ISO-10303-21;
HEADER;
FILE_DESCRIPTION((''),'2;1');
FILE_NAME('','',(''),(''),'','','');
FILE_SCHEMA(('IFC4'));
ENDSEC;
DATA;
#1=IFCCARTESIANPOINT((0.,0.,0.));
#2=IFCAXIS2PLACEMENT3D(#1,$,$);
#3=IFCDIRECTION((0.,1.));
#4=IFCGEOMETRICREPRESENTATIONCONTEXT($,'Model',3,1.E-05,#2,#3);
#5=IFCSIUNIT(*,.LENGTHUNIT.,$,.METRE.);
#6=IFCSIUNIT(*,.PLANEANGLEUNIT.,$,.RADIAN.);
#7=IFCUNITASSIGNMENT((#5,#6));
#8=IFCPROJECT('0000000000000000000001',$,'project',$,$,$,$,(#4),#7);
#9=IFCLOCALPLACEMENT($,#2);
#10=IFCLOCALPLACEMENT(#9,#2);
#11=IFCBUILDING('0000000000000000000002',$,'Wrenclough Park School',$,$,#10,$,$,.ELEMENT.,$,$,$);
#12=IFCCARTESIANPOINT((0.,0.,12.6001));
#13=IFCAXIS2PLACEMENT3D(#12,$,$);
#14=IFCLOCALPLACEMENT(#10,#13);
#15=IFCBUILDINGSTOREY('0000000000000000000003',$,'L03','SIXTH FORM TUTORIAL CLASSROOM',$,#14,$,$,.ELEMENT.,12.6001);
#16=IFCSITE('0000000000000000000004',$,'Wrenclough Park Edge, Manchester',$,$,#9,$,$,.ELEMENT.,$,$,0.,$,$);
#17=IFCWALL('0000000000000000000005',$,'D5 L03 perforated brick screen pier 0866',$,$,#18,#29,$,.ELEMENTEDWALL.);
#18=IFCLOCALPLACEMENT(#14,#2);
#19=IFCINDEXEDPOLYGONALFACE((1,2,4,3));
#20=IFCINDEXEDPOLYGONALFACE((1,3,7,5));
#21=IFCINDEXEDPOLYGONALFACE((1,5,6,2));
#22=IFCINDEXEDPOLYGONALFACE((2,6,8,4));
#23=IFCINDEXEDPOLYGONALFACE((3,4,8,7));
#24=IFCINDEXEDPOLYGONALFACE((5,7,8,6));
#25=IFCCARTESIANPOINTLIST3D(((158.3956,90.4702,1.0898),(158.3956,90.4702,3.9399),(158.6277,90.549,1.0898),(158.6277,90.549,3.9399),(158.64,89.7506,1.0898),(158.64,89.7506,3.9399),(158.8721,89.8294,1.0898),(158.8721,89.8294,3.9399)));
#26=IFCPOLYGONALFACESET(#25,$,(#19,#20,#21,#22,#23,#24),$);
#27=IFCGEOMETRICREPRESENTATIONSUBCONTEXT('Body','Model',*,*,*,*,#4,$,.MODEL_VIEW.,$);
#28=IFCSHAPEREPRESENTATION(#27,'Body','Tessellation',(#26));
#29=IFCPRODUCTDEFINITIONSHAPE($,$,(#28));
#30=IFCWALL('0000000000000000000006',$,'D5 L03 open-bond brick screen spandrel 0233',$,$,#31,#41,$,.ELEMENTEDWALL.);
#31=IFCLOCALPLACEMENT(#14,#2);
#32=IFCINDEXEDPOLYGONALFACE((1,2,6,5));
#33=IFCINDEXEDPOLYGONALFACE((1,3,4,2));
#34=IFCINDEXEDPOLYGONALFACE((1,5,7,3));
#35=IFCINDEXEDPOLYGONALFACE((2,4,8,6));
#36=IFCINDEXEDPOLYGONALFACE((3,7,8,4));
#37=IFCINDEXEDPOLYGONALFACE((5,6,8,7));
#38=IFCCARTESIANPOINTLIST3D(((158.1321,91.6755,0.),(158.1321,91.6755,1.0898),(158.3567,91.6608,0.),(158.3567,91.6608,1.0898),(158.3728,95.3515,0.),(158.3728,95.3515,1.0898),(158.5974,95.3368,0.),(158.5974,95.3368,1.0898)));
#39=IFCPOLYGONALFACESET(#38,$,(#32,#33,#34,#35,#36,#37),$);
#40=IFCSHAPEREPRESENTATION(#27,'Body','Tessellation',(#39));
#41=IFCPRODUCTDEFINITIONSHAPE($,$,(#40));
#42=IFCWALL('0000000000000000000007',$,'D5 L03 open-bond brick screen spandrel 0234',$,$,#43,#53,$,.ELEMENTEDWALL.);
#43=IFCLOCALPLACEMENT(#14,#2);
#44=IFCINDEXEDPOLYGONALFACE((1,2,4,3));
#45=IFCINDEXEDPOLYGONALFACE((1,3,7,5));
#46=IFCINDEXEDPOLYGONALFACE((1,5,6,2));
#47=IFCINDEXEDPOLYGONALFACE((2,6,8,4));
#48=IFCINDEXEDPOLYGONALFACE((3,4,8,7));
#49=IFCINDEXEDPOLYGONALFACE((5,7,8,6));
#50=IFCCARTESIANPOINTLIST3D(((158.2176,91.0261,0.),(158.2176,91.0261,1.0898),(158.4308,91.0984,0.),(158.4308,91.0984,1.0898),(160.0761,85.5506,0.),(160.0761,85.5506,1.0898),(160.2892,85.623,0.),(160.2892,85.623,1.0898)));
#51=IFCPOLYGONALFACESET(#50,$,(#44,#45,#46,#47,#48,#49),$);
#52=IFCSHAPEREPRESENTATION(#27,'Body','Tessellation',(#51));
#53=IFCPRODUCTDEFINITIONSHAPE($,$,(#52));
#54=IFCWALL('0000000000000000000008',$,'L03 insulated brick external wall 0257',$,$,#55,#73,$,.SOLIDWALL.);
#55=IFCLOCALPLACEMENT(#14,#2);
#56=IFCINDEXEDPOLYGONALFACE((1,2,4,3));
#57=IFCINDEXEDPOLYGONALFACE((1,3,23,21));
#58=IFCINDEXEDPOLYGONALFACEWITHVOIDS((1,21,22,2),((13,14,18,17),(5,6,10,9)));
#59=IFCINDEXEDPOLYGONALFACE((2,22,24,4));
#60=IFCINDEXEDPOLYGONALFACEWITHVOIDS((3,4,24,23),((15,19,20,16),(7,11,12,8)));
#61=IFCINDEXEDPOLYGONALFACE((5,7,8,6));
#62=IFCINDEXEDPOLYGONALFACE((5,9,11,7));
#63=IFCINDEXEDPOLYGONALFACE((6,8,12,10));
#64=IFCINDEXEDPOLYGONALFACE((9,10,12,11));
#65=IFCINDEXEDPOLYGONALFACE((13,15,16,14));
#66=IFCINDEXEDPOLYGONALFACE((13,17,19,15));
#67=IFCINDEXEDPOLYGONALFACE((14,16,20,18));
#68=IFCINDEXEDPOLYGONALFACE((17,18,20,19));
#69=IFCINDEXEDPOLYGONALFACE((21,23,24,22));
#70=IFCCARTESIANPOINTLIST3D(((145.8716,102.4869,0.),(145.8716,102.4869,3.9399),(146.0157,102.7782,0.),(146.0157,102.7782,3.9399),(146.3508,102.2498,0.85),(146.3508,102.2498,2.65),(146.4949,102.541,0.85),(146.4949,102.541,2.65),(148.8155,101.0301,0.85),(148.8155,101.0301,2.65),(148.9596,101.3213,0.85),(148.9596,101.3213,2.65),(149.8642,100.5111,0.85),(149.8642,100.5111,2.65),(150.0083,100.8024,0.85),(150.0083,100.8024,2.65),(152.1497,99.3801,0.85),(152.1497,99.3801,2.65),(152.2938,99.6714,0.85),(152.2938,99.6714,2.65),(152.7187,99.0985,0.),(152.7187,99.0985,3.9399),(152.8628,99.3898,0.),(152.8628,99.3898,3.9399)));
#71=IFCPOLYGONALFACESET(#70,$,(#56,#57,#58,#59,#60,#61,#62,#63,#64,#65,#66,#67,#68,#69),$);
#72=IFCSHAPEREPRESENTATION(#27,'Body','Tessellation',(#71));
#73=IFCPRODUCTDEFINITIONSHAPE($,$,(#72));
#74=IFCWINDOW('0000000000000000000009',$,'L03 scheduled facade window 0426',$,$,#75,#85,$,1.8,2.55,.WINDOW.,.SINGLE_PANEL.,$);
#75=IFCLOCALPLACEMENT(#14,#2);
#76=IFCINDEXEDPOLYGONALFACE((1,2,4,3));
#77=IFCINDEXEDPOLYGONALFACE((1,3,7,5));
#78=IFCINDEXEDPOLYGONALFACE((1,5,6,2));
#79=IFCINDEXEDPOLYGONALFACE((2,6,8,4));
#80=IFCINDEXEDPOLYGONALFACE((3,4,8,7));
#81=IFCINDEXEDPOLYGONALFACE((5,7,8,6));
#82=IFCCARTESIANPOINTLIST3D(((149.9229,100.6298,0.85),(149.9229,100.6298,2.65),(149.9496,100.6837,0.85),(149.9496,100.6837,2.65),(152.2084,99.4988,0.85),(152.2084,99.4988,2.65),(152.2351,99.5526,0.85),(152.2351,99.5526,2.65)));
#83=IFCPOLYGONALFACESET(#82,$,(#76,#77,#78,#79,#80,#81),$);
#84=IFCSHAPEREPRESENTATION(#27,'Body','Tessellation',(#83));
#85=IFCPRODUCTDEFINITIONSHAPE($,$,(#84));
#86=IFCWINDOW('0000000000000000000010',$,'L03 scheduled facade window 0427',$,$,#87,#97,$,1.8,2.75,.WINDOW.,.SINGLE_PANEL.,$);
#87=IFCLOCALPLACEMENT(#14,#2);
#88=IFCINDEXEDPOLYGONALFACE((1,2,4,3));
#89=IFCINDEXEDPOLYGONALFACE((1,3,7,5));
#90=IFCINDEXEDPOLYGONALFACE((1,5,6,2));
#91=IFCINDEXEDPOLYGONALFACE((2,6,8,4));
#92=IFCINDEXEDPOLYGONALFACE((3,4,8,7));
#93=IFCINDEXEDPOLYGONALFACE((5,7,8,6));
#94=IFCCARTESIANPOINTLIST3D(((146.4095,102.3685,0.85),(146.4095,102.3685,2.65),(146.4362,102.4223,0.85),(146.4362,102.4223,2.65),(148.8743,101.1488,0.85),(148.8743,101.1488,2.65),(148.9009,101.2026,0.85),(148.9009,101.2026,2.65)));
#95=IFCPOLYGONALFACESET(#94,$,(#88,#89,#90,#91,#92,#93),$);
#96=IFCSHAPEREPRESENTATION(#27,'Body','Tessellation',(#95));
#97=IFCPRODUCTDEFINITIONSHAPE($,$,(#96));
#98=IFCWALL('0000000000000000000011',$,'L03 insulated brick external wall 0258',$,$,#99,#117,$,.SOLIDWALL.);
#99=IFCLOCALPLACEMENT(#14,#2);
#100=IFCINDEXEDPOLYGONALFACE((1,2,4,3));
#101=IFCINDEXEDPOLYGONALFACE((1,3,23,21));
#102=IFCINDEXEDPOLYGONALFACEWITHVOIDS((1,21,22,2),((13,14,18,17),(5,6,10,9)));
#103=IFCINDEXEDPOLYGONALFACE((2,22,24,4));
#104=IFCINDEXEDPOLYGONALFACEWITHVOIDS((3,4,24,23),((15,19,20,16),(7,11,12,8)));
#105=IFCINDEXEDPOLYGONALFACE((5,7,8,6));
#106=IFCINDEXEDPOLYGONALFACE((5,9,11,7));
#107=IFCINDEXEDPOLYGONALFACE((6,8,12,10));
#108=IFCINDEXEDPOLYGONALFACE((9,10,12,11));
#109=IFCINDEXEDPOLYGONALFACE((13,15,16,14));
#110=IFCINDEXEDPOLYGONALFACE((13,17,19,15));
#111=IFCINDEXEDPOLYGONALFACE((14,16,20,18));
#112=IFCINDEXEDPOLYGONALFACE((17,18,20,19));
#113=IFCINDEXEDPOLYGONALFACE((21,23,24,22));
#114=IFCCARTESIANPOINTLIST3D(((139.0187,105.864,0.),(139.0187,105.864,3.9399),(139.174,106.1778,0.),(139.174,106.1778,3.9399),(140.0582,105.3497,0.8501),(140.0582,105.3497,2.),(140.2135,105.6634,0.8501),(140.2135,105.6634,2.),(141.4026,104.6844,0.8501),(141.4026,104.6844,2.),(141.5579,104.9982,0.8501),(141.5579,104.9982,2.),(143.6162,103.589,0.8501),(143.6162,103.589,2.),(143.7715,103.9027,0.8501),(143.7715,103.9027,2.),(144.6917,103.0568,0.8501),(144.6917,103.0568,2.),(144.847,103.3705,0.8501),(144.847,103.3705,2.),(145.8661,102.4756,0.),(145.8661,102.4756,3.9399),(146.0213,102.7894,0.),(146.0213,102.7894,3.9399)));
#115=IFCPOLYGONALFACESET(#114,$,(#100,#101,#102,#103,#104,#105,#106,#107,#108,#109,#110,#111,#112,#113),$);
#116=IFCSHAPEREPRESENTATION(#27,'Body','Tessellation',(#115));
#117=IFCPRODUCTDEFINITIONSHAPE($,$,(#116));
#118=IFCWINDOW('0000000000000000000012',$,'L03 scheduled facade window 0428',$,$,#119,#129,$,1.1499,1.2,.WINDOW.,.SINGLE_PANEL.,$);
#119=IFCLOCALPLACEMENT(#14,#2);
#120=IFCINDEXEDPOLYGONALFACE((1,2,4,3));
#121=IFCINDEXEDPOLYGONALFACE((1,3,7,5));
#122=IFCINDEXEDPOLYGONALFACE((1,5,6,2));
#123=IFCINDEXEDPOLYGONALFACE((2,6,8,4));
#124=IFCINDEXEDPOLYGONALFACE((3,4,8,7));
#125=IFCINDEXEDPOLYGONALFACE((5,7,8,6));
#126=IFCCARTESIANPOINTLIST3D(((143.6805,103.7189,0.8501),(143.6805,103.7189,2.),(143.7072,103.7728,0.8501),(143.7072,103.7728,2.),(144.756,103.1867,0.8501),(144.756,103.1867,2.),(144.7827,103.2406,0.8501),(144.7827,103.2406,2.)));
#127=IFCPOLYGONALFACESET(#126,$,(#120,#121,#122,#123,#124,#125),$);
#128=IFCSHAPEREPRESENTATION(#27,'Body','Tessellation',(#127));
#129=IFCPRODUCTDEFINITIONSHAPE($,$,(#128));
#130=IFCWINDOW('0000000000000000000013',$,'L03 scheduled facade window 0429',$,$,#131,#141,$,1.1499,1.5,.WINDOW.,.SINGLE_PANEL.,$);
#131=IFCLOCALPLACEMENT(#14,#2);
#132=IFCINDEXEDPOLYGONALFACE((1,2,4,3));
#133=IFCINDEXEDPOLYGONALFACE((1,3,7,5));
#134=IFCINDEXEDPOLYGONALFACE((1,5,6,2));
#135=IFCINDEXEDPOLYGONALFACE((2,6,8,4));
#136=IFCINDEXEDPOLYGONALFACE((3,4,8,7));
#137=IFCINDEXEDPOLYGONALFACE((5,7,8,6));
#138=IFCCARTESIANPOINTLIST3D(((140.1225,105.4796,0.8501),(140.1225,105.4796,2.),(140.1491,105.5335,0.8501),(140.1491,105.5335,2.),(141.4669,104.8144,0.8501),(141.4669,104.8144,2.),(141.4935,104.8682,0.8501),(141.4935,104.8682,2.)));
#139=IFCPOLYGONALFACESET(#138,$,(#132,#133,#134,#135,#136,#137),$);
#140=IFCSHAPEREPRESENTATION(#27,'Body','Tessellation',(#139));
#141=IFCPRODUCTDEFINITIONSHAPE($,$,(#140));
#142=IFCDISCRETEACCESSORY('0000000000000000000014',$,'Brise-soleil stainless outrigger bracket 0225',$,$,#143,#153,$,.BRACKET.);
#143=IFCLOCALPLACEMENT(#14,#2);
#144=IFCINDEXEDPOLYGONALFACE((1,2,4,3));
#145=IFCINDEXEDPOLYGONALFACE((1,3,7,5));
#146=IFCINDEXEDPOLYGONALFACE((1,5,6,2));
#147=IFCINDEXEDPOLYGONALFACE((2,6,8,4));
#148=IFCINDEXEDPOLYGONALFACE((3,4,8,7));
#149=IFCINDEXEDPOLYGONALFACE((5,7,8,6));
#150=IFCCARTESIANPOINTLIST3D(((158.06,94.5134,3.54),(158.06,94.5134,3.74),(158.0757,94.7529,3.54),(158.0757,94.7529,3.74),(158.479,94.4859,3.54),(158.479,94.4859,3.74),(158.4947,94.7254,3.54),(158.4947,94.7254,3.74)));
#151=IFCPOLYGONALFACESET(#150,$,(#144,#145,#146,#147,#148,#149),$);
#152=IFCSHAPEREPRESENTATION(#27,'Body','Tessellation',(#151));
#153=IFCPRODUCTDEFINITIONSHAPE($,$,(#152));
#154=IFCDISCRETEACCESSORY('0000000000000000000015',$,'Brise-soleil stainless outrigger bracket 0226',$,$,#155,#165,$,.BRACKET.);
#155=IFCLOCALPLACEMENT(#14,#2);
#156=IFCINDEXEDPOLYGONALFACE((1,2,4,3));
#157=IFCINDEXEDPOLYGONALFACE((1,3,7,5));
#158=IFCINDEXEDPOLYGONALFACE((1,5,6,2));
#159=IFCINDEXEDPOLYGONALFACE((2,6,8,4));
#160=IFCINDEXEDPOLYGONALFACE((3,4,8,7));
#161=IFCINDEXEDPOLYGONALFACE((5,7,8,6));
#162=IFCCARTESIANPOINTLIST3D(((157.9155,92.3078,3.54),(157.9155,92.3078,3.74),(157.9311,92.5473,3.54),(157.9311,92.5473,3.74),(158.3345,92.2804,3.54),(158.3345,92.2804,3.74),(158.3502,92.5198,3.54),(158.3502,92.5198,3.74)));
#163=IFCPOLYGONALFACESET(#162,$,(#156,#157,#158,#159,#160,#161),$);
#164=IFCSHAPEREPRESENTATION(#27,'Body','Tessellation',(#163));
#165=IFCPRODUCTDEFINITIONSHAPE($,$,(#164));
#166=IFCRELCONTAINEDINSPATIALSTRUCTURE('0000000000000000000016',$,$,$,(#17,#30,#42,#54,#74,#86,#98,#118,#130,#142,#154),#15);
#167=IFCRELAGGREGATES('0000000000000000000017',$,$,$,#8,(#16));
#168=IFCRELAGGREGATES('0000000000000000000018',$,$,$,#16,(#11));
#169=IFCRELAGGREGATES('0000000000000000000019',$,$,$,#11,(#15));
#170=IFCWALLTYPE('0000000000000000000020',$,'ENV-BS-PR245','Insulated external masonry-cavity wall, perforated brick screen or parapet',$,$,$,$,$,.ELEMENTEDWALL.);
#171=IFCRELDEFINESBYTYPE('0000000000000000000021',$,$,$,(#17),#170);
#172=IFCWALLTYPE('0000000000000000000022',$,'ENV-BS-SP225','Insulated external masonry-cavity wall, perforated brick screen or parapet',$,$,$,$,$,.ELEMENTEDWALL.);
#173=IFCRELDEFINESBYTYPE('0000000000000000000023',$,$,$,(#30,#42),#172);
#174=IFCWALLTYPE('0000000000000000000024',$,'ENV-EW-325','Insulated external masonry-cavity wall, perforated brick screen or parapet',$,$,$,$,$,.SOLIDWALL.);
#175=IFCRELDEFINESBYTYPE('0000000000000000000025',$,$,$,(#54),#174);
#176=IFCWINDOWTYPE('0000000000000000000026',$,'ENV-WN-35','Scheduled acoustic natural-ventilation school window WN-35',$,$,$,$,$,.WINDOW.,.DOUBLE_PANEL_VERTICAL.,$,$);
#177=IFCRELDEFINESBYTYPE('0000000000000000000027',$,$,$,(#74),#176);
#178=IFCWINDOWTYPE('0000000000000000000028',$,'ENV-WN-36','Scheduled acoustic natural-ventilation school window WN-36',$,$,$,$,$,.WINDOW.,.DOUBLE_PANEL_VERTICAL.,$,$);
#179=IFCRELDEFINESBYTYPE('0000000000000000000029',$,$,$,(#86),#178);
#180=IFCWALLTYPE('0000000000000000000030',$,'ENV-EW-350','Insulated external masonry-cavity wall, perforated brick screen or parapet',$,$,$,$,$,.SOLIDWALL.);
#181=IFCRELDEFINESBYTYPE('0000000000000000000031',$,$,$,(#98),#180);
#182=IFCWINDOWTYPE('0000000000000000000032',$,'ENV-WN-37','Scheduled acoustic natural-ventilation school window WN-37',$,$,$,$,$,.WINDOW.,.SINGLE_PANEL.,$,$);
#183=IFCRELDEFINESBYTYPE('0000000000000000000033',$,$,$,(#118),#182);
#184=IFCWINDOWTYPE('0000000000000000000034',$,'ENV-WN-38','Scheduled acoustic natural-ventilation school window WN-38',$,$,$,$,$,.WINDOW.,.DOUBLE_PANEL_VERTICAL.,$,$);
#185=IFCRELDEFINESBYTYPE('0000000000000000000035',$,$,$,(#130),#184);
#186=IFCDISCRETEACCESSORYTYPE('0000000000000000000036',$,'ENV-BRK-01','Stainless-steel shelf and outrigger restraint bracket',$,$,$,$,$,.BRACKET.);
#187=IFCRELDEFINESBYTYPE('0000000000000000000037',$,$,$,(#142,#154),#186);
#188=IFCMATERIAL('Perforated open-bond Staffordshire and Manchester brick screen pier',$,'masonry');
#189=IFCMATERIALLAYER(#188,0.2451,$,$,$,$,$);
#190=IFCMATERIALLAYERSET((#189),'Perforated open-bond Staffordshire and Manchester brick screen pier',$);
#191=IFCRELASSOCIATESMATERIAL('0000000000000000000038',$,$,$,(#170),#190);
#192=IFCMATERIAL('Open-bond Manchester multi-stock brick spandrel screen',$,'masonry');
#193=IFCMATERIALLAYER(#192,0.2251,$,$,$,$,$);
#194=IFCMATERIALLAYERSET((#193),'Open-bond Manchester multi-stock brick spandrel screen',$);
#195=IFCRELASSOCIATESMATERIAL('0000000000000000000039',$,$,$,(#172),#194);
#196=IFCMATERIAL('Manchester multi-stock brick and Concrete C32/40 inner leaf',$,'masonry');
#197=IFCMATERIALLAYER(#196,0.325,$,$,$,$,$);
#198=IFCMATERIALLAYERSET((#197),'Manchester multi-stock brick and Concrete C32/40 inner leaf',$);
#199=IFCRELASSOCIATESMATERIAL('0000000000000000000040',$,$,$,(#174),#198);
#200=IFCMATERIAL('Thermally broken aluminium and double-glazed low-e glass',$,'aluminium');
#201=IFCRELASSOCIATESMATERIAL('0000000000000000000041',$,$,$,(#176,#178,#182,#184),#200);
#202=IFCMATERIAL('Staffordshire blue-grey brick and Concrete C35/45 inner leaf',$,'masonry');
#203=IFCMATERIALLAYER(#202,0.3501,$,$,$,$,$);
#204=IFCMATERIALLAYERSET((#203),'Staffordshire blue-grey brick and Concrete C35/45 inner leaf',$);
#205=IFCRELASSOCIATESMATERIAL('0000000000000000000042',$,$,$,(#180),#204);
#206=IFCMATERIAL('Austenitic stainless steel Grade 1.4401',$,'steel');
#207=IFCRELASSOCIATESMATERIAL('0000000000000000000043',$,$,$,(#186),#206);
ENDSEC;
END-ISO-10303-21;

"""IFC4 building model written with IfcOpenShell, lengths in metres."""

from ifc_helpers import new_model, si_unit, direction, frame, frame_2d, origin, origin_2d, place, context, subcontext, project, spatial, rectangle, extrude, material, layer, layer_set, type_object, element, fill, save


model = new_model("IFC4")

# Units and contexts
model_context = context("Model", 3, precision=1e-05, world=origin(), true_north=direction((0.0, 1.0)))
body_context = subcontext(model_context, "Body", "Model", "MODEL_VIEW")
ifc_project = project(units=[si_unit("LENGTHUNIT", "METRE"), si_unit("PLANEANGLEUNIT", "RADIAN")], contexts=[model_context])

# Site, building, storey
site_placement = place(None, origin())
site = spatial("IfcSite", under=ifc_project, at=site_placement, Name="Wrenclough Park Edge, Manchester", CompositionType="ELEMENT", RefElevation=0.0)
building_placement = place(site_placement, origin())
building = spatial("IfcBuilding", under=site, at=building_placement, Name="Wrenclough Park School", CompositionType="ELEMENT")
storey_placement = place(building_placement, frame((0.0, 0.0, 12.6001)))
storey = spatial("IfcBuildingStorey", under=building, at=storey_placement, Name="L03", Description="SIXTH FORM TUTORIAL CLASSROOM", CompositionType="ELEMENT", Elevation=12.6001)

# Walls
ifc_material_1 = material(Name="Perforated open-bond Staffordshire and Manchester brick screen pier", Category="masonry")
ifc_layer_1 = layer(ifc_material_1, 0.2451)
ifc_layer_set_1 = layer_set([ifc_layer_1], Name="Perforated open-bond Staffordshire and Manchester brick screen pier")
wall_type_1 = type_object("IfcWallType", Name="ENV-BS-PR245", Description="Insulated external masonry-cavity wall, perforated brick screen or parapet", PredefinedType="ELEMENTEDWALL", material=ifc_layer_set_1)
wall_1_placement = place(storey_placement, frame((158.5117, 90.5095, 1.0898), z_axis=(0.0, 0.0, 1.0), x_axis=(0.321523, -0.946902, 0.0)))
element("IfcWall", 1, at=wall_1_placement, inside=storey, type_object=wall_type_1, Name="D5 L03 perforated brick screen pier 0866", PredefinedType="ELEMENTEDWALL", context=body_context, shape_type="SweptSolid", body=[
    extrude(rectangle(XDim=0.76, YDim=0.2451, at=frame_2d((0.3799, 0.0))), origin(), (0.0, 0.0, 1.0), 2.8501),
])
ifc_material_2 = material(Name="Open-bond Manchester multi-stock brick spandrel screen", Category="masonry")
ifc_layer_2 = layer(ifc_material_2, 0.2251)
ifc_layer_set_2 = layer_set([ifc_layer_2], Name="Open-bond Manchester multi-stock brick spandrel screen")
wall_type_2 = type_object("IfcWallType", Name="ENV-BS-SP225", Description="Insulated external masonry-cavity wall, perforated brick screen or parapet", PredefinedType="ELEMENTEDWALL", material=ifc_layer_set_2)
wall_2_placement = place(storey_placement, frame((158.4851, 95.344, 0.0), z_axis=(0.0, 0.0, 1.0), x_axis=(-0.065345, -0.997863, 0.0)))
element("IfcWall", 2, at=wall_2_placement, inside=storey, type_object=wall_type_2, Name="D5 L03 open-bond brick screen spandrel 0233", PredefinedType="ELEMENTEDWALL", context=body_context, shape_type="SweptSolid", body=[
    extrude(rectangle(XDim=3.6838, YDim=0.2251, at=frame_2d((1.8418, 0.0))), origin(), (0.0, 0.0, 1.0), 1.0898),
])
wall_3_placement = place(storey_placement, frame((158.3242, 91.0623, 0.0), z_axis=(0.0, 0.0, 1.0), x_axis=(0.321404, -0.946942, 0.0)))
element("IfcWall", 3, at=wall_3_placement, inside=storey, type_object=wall_type_2, Name="D5 L03 open-bond brick screen spandrel 0234", PredefinedType="ELEMENTEDWALL", context=body_context, shape_type="SweptSolid", body=[
    extrude(rectangle(XDim=5.7822, YDim=0.2251, at=frame_2d((2.8911, 0.0))), origin(), (0.0, 0.0, 1.0), 1.0898),
])

# Walls, openings, windows
ifc_material_3 = material(Name="Manchester multi-stock brick and Concrete C32/40 inner leaf", Category="masonry")
ifc_layer_3 = layer(ifc_material_3, 0.325)
ifc_layer_set_3 = layer_set([ifc_layer_3], Name="Manchester multi-stock brick and Concrete C32/40 inner leaf")
wall_type_3 = type_object("IfcWallType", Name="ENV-EW-325", Description="Insulated external masonry-cavity wall, perforated brick screen or parapet", PredefinedType="SOLIDWALL", material=ifc_layer_set_3)
wall_4_placement = place(storey_placement, frame((152.7908, 99.2441, 0.0), z_axis=(0.0, 0.0, 1.0), x_axis=(-0.89626, 0.443528, 0.0)))
wall_4 = element("IfcWall", 4, at=wall_4_placement, inside=storey, type_object=wall_type_3, Name="L03 insulated brick external wall 0257", PredefinedType="SOLIDWALL", context=body_context, shape_type="SweptSolid", body=[
    extrude(rectangle(XDim=7.6396, YDim=0.325, at=frame_2d((3.8198, 0.0))), origin(), (0.0, 0.0, 1.0), 3.9399),
])
opening_1_placement = place(wall_4_placement, frame((0.635, 0.0, 0.8501)))
opening_1 = element("IfcOpeningElement", 5, at=opening_1_placement, cuts=wall_4, PredefinedType="OPENING", context=body_context, shape_type="SweptSolid", body=[
    extrude(rectangle(XDim=2.55, YDim=1.8, at=frame_2d((1.2749, 0.8999))), frame((0.0, 0.1724, 0.0), z_axis=(0.0, -1.0, 0.0), x_axis=(1.0, 0.0, 0.0)), (0.0, 0.0, 1.0), 0.345),
])
opening_2_placement = place(wall_4_placement, frame((4.355, 0.0, 0.8501)))
opening_2 = element("IfcOpeningElement", 6, at=opening_2_placement, cuts=wall_4, PredefinedType="OPENING", context=body_context, shape_type="SweptSolid", body=[
    extrude(rectangle(XDim=2.75, YDim=1.8, at=frame_2d((1.375, 0.8999))), frame((0.0, 0.1724, 0.0), z_axis=(0.0, -1.0, 0.0), x_axis=(1.0, 0.0, 0.0)), (0.0, 0.0, 1.0), 0.345),
])
ifc_material_4 = material(Name="Thermally broken aluminium and double-glazed low-e glass", Category="aluminium")
window_type_1 = type_object("IfcWindowType", Name="ENV-WN-35", Description="Scheduled acoustic natural-ventilation school window WN-35", PartitioningType="DOUBLE_PANEL_VERTICAL", PredefinedType="WINDOW", material=ifc_material_4)
window_1_placement = place(opening_1_placement, origin())
window_1 = element("IfcWindow", 7, at=window_1_placement, inside=storey, type_object=window_type_1, Name="L03 scheduled facade window 0426", OverallHeight=1.8, OverallWidth=2.55, PartitioningType="SINGLE_PANEL", PredefinedType="WINDOW", context=body_context, shape_type="SweptSolid", body=[
    extrude(rectangle(XDim=2.55, YDim=1.8, at=frame_2d((1.2749, 0.8999))), frame((0.0, 0.03, 0.0), z_axis=(0.0, -1.0, 0.0), x_axis=(1.0, 0.0, 0.0)), (0.0, 0.0, 1.0), 0.0601),
])
fill(opening_1, window_1)
window_type_2 = type_object("IfcWindowType", Name="ENV-WN-36", Description="Scheduled acoustic natural-ventilation school window WN-36", PartitioningType="DOUBLE_PANEL_VERTICAL", PredefinedType="WINDOW", material=ifc_material_4)
window_2_placement = place(opening_2_placement, origin())
window_2 = element("IfcWindow", 8, at=window_2_placement, inside=storey, type_object=window_type_2, Name="L03 scheduled facade window 0427", OverallHeight=1.8, OverallWidth=2.75, PartitioningType="SINGLE_PANEL", PredefinedType="WINDOW", context=body_context, shape_type="SweptSolid", body=[
    extrude(rectangle(XDim=2.75, YDim=1.8, at=frame_2d((1.375, 0.8999))), frame((0.0, 0.03, 0.0), z_axis=(0.0, -1.0, 0.0), x_axis=(1.0, 0.0, 0.0)), (0.0, 0.0, 1.0), 0.0601),
])
fill(opening_2, window_2)
ifc_material_5 = material(Name="Staffordshire blue-grey brick and Concrete C35/45 inner leaf", Category="masonry")
ifc_layer_4 = layer(ifc_material_5, 0.3501)
ifc_layer_set_4 = layer_set([ifc_layer_4], Name="Staffordshire blue-grey brick and Concrete C35/45 inner leaf")
wall_type_4 = type_object("IfcWallType", Name="ENV-EW-350", Description="Insulated external masonry-cavity wall, perforated brick screen or parapet", PredefinedType="SOLIDWALL", material=ifc_layer_set_4)
wall_5_placement = place(storey_placement, frame((145.9436, 102.6326, 0.0), z_axis=(0.0, 0.0, 1.0), x_axis=(-0.896267, 0.443516, 0.0)))
wall_5 = element("IfcWall", 9, at=wall_5_placement, inside=storey, type_object=wall_type_4, Name="L03 insulated brick external wall 0258", PredefinedType="SOLIDWALL", context=body_context, shape_type="SweptSolid", body=[
    extrude(rectangle(XDim=7.6399, YDim=0.3501, at=frame_2d((3.8198, 0.0))), origin(), (0.0, 0.0, 1.0), 3.9399),
])
opening_3_placement = place(wall_5_placement, frame((1.3101, 0.0, 0.8501)))
opening_3 = element("IfcOpeningElement", 10, at=opening_3_placement, cuts=wall_5, PredefinedType="OPENING", context=body_context, shape_type="SweptSolid", body=[
    extrude(rectangle(XDim=1.2, YDim=1.1499, at=frame_2d((0.6001, 0.575))), frame((0.0, 0.1851, 0.0), z_axis=(0.0, -1.0, 0.0), x_axis=(1.0, 0.0, 0.0)), (0.0, 0.0, 1.0), 0.3701),
])
opening_4_placement = place(wall_5_placement, frame((4.98, 0.0, 0.8501)))
opening_4 = element("IfcOpeningElement", 11, at=opening_4_placement, cuts=wall_5, PredefinedType="OPENING", context=body_context, shape_type="SweptSolid", body=[
    extrude(rectangle(XDim=1.5, YDim=1.1499, at=frame_2d((0.75, 0.575))), frame((0.0, 0.1851, 0.0), z_axis=(0.0, -1.0, 0.0), x_axis=(1.0, 0.0, 0.0)), (0.0, 0.0, 1.0), 0.3701),
])
window_type_3 = type_object("IfcWindowType", Name="ENV-WN-37", Description="Scheduled acoustic natural-ventilation school window WN-37", PartitioningType="SINGLE_PANEL", PredefinedType="WINDOW", material=ifc_material_4)
window_3_placement = place(opening_3_placement, origin())
window_3 = element("IfcWindow", 12, at=window_3_placement, inside=storey, type_object=window_type_3, Name="L03 scheduled facade window 0428", OverallHeight=1.1499, OverallWidth=1.2, PartitioningType="SINGLE_PANEL", PredefinedType="WINDOW", context=body_context, shape_type="SweptSolid", body=[
    extrude(rectangle(XDim=1.2, YDim=1.1499, at=frame_2d((0.6001, 0.575))), frame((0.0, 0.03, 0.0), z_axis=(0.0, -1.0, 0.0), x_axis=(1.0, 0.0, 0.0)), (0.0, 0.0, 1.0), 0.0601),
])
fill(opening_3, window_3)
window_type_4 = type_object("IfcWindowType", Name="ENV-WN-38", Description="Scheduled acoustic natural-ventilation school window WN-38", PartitioningType="DOUBLE_PANEL_VERTICAL", PredefinedType="WINDOW", material=ifc_material_4)
window_4_placement = place(opening_4_placement, origin())
window_4 = element("IfcWindow", 13, at=window_4_placement, inside=storey, type_object=window_type_4, Name="L03 scheduled facade window 0429", OverallHeight=1.1499, OverallWidth=1.5, PartitioningType="SINGLE_PANEL", PredefinedType="WINDOW", context=body_context, shape_type="SweptSolid", body=[
    extrude(rectangle(XDim=1.5, YDim=1.1499, at=frame_2d((0.75, 0.575))), frame((0.0, 0.03, 0.0), z_axis=(0.0, -1.0, 0.0), x_axis=(1.0, 0.0, 0.0)), (0.0, 0.0, 1.0), 0.0601),
])
fill(opening_4, window_4)

# Discrete accessories
ifc_material_6 = material(Name="Austenitic stainless steel Grade 1.4401", Category="steel")
discrete_accessory_type = type_object("IfcDiscreteAccessoryType", Name="ENV-BRK-01", Description="Stainless-steel shelf and outrigger restraint bracket", PredefinedType="BRACKET", material=ifc_material_6)
for number, where, z_axis, x_axis, name in (
    (14, (158.2773, 94.6194, 3.54), (0.0, 0.0, 1.0), (-0.065393, -0.99786, 0.0), "Brise-soleil stainless outrigger bracket 0225"),
    (15, (158.1328, 92.4138, 3.54), (0.0, 0.0, 1.0), (-0.065393, -0.99786, 0.0), "Brise-soleil stainless outrigger bracket 0226"),
):
    element("IfcDiscreteAccessory", number, at=place(storey_placement, frame(where, z_axis=z_axis, x_axis=x_axis)), inside=storey, type_object=discrete_accessory_type, Name=name, PredefinedType="BRACKET", context=body_context, shape_type="SweptSolid", body=[
        extrude(rectangle(XDim=0.24, YDim=0.4199, at=origin_2d()), origin(), (0.0, 0.0, 1.0), 0.2),
    ])

save(model, "model.ifc")
